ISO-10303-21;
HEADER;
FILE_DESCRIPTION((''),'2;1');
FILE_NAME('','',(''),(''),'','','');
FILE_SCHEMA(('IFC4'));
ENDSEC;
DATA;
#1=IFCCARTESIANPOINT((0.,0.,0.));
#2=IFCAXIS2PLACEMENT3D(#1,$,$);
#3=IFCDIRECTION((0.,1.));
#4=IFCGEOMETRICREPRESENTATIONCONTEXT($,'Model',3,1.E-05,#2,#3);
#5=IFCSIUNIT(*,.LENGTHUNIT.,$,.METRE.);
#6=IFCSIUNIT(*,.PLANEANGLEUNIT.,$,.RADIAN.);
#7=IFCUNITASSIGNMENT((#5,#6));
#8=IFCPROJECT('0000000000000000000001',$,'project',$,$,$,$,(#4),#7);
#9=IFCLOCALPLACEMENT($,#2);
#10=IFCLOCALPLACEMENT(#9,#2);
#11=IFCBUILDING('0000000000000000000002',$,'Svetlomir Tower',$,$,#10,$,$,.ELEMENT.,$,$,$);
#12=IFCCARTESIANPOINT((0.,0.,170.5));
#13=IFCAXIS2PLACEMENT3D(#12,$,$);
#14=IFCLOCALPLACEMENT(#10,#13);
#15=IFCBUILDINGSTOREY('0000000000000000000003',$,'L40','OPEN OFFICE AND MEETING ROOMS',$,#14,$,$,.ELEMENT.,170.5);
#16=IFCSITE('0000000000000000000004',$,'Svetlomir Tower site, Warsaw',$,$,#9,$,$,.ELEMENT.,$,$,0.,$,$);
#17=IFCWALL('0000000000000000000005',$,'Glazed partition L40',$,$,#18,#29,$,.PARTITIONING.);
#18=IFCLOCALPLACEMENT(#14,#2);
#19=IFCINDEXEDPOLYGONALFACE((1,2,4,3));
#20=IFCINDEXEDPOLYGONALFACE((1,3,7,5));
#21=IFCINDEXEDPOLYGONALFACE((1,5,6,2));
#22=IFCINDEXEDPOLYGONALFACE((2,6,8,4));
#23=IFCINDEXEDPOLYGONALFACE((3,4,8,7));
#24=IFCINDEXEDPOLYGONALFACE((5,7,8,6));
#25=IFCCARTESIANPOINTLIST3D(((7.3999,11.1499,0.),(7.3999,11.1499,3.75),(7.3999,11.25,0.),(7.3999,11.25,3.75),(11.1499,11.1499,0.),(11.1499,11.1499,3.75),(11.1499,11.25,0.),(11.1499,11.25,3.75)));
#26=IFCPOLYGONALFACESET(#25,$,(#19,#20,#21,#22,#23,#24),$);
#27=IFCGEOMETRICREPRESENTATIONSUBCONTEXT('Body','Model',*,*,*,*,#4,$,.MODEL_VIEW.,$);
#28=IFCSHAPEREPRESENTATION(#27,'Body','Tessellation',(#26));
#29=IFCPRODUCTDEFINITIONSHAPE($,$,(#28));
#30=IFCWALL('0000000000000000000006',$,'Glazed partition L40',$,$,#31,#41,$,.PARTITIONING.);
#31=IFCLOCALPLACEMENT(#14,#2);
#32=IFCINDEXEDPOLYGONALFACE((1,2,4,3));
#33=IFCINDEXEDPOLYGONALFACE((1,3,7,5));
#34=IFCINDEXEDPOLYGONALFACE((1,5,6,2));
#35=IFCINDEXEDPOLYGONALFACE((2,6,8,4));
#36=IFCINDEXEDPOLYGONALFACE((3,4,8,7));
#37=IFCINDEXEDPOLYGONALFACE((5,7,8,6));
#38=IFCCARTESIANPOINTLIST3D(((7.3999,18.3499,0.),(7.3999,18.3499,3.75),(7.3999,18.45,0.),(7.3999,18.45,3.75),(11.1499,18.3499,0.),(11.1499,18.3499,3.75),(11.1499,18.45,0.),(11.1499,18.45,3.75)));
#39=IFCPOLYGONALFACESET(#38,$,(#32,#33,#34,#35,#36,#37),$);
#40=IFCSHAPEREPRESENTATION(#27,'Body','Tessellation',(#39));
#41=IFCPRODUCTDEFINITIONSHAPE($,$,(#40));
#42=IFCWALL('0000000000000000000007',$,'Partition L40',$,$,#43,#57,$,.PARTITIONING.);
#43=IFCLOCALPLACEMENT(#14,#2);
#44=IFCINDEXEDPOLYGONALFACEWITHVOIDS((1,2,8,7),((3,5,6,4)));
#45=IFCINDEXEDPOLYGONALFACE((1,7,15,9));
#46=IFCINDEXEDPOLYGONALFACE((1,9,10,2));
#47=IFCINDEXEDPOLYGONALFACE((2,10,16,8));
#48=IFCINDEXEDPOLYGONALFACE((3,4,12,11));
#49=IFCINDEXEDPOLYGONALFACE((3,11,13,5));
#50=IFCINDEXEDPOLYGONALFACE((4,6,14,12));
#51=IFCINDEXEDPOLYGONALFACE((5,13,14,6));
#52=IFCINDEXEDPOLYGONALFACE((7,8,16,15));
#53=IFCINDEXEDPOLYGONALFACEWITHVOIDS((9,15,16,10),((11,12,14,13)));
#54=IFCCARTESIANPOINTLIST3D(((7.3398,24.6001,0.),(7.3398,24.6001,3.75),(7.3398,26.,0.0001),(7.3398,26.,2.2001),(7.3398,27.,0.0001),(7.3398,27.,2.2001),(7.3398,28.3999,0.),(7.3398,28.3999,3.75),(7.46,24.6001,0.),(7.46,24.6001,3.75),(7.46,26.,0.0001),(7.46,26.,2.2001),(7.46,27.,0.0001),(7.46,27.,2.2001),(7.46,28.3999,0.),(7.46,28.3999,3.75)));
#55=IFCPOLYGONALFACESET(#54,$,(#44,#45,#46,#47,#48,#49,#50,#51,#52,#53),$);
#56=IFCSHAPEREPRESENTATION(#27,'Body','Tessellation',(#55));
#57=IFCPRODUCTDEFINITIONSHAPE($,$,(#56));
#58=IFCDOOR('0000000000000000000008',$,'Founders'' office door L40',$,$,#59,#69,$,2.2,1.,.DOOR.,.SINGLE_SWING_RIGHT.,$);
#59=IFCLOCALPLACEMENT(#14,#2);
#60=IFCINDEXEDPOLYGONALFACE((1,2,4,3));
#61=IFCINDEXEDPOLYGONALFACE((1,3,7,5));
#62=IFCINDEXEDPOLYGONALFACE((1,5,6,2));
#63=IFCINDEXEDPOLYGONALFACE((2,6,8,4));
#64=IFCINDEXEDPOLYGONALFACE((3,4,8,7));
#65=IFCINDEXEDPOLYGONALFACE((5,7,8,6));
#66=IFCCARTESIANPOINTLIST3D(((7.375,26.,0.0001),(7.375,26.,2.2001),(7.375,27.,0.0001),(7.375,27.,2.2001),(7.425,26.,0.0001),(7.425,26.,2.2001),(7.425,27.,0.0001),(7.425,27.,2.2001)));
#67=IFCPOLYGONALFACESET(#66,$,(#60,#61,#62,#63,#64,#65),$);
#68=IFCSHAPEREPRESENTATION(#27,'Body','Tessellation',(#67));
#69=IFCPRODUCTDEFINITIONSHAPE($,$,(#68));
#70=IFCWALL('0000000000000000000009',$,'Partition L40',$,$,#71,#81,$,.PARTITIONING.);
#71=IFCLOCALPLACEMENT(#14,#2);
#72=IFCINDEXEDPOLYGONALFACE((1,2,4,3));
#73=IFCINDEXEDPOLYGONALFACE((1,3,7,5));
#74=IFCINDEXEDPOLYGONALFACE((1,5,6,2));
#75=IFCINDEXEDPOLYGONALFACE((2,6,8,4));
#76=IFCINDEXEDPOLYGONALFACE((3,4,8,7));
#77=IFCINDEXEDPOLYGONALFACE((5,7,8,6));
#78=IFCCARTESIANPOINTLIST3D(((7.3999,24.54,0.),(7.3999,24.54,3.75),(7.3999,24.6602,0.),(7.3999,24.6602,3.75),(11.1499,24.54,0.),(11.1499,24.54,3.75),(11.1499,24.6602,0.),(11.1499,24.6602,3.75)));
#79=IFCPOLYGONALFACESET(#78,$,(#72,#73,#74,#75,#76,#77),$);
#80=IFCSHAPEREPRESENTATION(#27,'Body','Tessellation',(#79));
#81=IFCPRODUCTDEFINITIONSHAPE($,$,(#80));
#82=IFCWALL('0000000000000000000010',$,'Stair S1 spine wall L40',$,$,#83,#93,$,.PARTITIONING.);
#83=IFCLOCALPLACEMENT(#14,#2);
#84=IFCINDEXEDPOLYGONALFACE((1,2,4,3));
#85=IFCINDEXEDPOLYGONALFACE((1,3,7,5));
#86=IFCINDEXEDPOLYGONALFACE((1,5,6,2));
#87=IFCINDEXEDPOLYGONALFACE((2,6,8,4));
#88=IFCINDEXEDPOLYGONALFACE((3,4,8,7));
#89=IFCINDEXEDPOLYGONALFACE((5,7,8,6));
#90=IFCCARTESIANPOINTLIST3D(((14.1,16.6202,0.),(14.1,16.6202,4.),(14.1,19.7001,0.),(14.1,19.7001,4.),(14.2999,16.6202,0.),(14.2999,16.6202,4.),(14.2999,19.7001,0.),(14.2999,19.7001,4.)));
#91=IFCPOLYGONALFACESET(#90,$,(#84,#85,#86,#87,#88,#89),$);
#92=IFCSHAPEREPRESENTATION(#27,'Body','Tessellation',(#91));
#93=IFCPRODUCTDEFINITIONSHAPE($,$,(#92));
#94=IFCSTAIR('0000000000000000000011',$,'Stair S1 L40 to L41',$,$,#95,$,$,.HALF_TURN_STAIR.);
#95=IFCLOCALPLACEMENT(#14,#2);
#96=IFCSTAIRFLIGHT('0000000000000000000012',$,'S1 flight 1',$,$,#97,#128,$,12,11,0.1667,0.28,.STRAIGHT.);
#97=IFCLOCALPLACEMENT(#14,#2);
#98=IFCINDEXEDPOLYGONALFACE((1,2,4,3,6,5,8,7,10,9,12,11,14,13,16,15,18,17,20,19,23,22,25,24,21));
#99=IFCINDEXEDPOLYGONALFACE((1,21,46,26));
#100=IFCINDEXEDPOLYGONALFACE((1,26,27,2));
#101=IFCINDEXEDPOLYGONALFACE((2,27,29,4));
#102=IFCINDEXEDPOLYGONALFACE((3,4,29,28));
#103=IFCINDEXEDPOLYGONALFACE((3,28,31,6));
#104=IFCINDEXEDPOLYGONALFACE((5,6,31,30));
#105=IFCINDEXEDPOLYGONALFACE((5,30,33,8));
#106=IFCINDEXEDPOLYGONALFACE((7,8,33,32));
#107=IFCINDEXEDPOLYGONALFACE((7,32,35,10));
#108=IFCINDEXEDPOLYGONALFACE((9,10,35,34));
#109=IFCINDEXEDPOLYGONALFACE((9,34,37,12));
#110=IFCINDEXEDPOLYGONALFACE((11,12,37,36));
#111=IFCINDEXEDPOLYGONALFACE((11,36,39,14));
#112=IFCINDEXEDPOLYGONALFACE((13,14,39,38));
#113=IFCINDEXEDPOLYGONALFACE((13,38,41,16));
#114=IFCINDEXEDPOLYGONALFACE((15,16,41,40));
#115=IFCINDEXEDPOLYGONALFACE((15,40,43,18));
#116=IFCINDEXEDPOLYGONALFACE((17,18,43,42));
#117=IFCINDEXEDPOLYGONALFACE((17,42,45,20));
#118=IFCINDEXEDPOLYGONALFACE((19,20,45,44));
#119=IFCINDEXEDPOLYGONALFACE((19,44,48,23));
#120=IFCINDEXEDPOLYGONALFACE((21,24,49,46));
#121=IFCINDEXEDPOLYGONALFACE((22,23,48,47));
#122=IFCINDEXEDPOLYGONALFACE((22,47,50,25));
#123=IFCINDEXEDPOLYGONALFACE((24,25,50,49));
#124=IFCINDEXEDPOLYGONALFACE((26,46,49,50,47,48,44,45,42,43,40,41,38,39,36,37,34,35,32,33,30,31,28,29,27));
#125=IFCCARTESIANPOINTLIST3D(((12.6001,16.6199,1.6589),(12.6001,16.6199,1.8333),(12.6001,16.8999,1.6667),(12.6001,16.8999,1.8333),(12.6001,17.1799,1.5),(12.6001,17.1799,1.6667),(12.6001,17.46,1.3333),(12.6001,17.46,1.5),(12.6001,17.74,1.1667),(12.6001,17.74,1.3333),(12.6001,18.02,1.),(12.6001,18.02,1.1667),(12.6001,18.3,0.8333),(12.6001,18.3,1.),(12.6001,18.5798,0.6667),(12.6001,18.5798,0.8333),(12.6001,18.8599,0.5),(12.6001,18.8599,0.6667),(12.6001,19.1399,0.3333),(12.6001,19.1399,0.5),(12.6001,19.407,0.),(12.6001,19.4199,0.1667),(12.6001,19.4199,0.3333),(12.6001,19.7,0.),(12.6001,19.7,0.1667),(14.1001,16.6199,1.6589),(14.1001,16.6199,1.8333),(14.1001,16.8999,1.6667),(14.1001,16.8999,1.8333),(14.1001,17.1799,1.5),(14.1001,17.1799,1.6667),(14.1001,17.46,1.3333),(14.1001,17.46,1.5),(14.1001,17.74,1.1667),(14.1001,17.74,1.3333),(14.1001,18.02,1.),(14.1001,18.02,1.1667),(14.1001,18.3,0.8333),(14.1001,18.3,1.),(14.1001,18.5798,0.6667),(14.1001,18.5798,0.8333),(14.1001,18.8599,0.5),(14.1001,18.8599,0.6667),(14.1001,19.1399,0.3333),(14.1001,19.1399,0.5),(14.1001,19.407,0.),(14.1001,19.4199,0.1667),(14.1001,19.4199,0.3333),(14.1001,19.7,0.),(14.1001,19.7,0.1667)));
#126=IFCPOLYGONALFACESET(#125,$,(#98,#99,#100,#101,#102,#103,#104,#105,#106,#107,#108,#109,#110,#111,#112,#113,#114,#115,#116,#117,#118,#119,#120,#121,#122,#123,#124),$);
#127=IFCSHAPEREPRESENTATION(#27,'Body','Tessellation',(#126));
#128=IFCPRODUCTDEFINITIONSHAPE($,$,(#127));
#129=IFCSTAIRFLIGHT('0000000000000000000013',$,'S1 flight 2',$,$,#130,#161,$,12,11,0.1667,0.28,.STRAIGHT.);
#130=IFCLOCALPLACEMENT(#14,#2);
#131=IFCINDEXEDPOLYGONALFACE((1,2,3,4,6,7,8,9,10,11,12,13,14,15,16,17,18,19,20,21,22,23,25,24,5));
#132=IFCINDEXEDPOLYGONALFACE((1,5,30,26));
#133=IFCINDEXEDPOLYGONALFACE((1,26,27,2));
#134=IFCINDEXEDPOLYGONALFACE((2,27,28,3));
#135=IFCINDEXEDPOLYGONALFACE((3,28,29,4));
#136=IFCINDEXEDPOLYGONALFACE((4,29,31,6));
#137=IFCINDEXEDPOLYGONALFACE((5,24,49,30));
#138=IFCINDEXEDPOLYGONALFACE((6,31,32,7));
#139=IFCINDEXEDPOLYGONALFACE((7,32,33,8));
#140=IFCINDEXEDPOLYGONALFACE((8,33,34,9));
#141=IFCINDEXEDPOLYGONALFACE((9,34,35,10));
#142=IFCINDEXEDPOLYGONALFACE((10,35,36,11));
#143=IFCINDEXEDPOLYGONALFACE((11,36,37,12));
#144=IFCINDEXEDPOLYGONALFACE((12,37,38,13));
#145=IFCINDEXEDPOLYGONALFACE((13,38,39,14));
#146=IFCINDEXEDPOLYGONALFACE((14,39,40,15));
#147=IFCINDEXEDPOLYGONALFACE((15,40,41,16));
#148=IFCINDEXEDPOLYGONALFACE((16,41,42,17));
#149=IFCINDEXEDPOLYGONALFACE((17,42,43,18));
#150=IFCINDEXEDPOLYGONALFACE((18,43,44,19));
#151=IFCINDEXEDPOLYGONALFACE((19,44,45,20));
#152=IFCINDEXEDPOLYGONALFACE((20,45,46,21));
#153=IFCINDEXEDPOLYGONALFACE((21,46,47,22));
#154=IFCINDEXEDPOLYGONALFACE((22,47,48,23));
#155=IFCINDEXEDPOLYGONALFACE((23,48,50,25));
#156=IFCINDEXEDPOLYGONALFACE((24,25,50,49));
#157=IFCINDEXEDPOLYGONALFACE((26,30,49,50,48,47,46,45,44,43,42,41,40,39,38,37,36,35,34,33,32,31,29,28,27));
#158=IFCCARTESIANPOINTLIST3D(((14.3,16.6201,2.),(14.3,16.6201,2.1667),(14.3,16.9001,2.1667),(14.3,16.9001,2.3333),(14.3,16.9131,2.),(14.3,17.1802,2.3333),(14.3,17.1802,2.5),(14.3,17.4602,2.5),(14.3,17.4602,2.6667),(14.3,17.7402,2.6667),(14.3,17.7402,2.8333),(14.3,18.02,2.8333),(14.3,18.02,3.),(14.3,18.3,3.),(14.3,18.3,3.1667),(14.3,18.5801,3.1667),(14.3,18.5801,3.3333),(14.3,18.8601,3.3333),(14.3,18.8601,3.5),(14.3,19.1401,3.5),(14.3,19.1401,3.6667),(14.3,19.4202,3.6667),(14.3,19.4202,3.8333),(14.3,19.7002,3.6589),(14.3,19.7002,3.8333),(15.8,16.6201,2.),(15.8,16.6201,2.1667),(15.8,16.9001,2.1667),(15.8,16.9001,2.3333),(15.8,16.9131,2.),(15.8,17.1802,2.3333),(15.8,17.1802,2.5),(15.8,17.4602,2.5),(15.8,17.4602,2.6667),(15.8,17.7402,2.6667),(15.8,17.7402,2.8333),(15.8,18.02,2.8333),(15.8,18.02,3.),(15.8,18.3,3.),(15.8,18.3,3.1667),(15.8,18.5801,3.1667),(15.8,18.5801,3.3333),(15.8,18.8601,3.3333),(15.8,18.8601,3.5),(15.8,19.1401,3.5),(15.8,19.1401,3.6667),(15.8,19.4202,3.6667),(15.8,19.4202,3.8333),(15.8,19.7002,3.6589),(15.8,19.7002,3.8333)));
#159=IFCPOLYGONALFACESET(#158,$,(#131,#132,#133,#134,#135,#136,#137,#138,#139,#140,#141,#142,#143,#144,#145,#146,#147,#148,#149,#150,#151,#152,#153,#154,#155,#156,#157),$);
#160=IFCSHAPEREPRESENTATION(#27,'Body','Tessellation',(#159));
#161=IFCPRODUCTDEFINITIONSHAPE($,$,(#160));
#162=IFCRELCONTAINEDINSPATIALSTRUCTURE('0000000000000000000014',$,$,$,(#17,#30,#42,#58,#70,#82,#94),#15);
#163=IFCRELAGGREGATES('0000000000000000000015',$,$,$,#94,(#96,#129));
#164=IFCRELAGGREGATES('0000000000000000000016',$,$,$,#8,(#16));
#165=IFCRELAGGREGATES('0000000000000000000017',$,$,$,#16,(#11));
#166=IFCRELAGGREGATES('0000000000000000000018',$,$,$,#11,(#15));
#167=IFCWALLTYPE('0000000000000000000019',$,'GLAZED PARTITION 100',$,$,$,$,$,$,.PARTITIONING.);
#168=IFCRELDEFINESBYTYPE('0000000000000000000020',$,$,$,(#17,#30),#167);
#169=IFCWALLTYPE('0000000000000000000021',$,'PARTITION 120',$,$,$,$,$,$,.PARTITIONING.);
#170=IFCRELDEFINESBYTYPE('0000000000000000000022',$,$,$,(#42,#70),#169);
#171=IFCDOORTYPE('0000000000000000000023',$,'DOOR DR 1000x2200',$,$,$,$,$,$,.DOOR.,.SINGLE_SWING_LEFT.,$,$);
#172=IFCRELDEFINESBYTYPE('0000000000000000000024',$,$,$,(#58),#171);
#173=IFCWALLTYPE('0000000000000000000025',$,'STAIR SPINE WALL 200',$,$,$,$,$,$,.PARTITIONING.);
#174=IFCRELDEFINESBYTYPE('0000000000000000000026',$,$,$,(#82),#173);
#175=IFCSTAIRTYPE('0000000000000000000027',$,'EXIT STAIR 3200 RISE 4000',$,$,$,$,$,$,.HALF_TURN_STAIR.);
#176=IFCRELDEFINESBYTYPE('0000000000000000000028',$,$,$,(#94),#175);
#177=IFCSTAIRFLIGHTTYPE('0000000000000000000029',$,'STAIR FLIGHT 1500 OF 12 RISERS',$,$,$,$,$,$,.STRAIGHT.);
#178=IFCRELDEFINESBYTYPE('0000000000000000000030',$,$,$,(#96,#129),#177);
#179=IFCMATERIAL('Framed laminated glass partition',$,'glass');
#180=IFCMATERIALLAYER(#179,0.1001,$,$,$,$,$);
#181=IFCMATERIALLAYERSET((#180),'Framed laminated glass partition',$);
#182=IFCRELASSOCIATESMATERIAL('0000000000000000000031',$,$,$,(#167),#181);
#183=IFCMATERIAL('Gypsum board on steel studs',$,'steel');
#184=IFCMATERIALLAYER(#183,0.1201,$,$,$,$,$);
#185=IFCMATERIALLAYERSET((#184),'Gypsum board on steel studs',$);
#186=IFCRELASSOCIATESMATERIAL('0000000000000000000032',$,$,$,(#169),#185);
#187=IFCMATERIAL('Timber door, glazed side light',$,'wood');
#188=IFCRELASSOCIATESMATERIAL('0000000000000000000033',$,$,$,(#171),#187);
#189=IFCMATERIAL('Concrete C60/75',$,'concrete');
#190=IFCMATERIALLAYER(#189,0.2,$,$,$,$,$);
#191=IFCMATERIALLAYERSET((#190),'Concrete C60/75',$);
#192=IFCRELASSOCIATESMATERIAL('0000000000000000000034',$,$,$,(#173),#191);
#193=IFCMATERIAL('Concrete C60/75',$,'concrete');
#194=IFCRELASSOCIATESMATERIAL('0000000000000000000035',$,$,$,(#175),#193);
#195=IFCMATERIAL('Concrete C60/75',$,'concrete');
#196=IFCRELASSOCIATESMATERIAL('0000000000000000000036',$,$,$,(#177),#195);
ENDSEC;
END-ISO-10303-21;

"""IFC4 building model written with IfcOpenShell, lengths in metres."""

from ifc_helpers import new_model, si_unit, direction, frame, frame_2d, origin, place, context, subcontext, project, spatial, polyline, rectangle, outline, extrude, material, layer, layer_set, type_object, element, fill, aggregate, save


model = new_model("IFC4")

# Units and contexts
model_context = context("Model", 3, precision=1e-05, world=origin(), true_north=direction((0.0, 1.0)))
body_context = subcontext(model_context, "Body", "Model", "MODEL_VIEW")
ifc_project = project(units=[si_unit("LENGTHUNIT", "METRE"), si_unit("PLANEANGLEUNIT", "RADIAN")], contexts=[model_context])

# Site, building, storey
site_placement = place(None, origin())
site = spatial("IfcSite", under=ifc_project, at=site_placement, Name="Svetlomir Tower site, Warsaw", CompositionType="ELEMENT", RefElevation=0.0)
building_placement = place(site_placement, origin())
building = spatial("IfcBuilding", under=site, at=building_placement, Name="Svetlomir Tower", CompositionType="ELEMENT")
storey_placement = place(building_placement, frame((0.0, 0.0, 170.5)))
storey = spatial("IfcBuildingStorey", under=building, at=storey_placement, Name="L40", Description="OPEN OFFICE AND MEETING ROOMS", CompositionType="ELEMENT", Elevation=170.5)

# Shared definitions
ifc_material_1 = material(Name="Framed laminated glass partition", Category="glass")
ifc_layer_1 = layer(ifc_material_1, 0.1001)
ifc_layer_set_1 = layer_set([ifc_layer_1], Name="Framed laminated glass partition")
wall_type_1 = type_object("IfcWallType", Name="GLAZED PARTITION 100", PredefinedType="PARTITIONING", material=ifc_layer_set_1)

# Walls
for number, where, z_axis, x_axis, name in (
    (1, (7.3999, 11.2, 0.0), (0.0, 0.0, 1.0), (1.0, 0.0, 0.0), "Glazed partition L40"),
    (2, (7.3999, 18.3999, 0.0), (0.0, 0.0, 1.0), (1.0, 0.0, 0.0), "Glazed partition L40"),
):
    element("IfcWall", number, at=place(storey_placement, frame(where, z_axis=z_axis, x_axis=x_axis)), inside=storey, type_object=wall_type_1, Name=name, PredefinedType="PARTITIONING", context=body_context, shape_type="SweptSolid", body=[
        extrude(rectangle(XDim=3.75, YDim=0.1001, at=frame_2d((1.875, 0.0))), origin(), (0.0, 0.0, 1.0), 3.75),
    ])

# Wall, opening, door
ifc_material_2 = material(Name="Gypsum board on steel studs", Category="steel")
ifc_layer_2 = layer(ifc_material_2, 0.1201)
ifc_layer_set_2 = layer_set([ifc_layer_2], Name="Gypsum board on steel studs")
wall_type_2 = type_object("IfcWallType", Name="PARTITION 120", PredefinedType="PARTITIONING", material=ifc_layer_set_2)
wall_1_placement = place(storey_placement, frame((7.3999, 24.6001, 0.0), z_axis=(0.0, 0.0, 1.0), x_axis=(0.0, 1.0, 0.0)))
wall_1 = element("IfcWall", 3, at=wall_1_placement, inside=storey, type_object=wall_type_2, Name="Partition L40", PredefinedType="PARTITIONING", context=body_context, shape_type="SweptSolid", body=[
    extrude(rectangle(XDim=3.7998, YDim=0.1201, at=frame_2d((1.8999, 0.0))), origin(), (0.0, 0.0, 1.0), 3.75),
])
opening_1_placement = place(wall_1_placement, frame((1.3999, 0.0, 0.0)))
opening_1 = element("IfcOpeningElement", 4, at=opening_1_placement, cuts=wall_1, PredefinedType="OPENING", context=body_context, shape_type="SweptSolid", body=[
    extrude(rectangle(XDim=1.0, YDim=2.2, at=frame_2d((0.5, 1.1001))), frame((0.0, 0.0701, 0.0), z_axis=(0.0, -1.0, 0.0), x_axis=(1.0, 0.0, 0.0)), (0.0, 0.0, 1.0), 0.1401),
])
ifc_material_3 = material(Name="Timber door, glazed side light", Category="wood")
door_type_1 = type_object("IfcDoorType", Name="DOOR DR 1000x2200", OperationType="SINGLE_SWING_LEFT", PredefinedType="DOOR", material=ifc_material_3)
door_1_placement = place(opening_1_placement, origin())
door_1 = element("IfcDoor", 5, at=door_1_placement, inside=storey, type_object=door_type_1, Name="Founders' office door L40", OperationType="SINGLE_SWING_RIGHT", OverallHeight=2.2, OverallWidth=1.0, PredefinedType="DOOR", context=body_context, shape_type="SweptSolid", body=[
    extrude(rectangle(XDim=1.0, YDim=2.2, at=frame_2d((0.5, 1.1001))), frame((0.0, 0.0249, 0.0), z_axis=(0.0, -1.0, 0.0), x_axis=(1.0, 0.0, 0.0)), (0.0, 0.0, 1.0), 0.05),
])
fill(opening_1, door_1)

# Walls
wall_2_placement = place(storey_placement, frame((7.3999, 24.6001, 0.0), z_axis=(0.0, 0.0, 1.0), x_axis=(1.0, 0.0, 0.0)))
element("IfcWall", 6, at=wall_2_placement, inside=storey, type_object=wall_type_2, Name="Partition L40", PredefinedType="PARTITIONING", context=body_context, shape_type="SweptSolid", body=[
    extrude(rectangle(XDim=3.75, YDim=0.1201, at=frame_2d((1.875, 0.0))), origin(), (0.0, 0.0, 1.0), 3.75),
])
ifc_material_4 = material(Name="Concrete C60/75", Category="concrete")
ifc_layer_3 = layer(ifc_material_4, 0.2)
ifc_layer_set_3 = layer_set([ifc_layer_3], Name="Concrete C60/75")
wall_type_3 = type_object("IfcWallType", Name="STAIR SPINE WALL 200", PredefinedType="PARTITIONING", material=ifc_layer_set_3)
wall_3_placement = place(storey_placement, frame((14.2, 16.6201, 0.0), z_axis=(0.0, 0.0, 1.0), x_axis=(0.0, 1.0, 0.0)))
element("IfcWall", 7, at=wall_3_placement, inside=storey, type_object=wall_type_3, Name="Stair S1 spine wall L40", PredefinedType="PARTITIONING", context=body_context, shape_type="SweptSolid", body=[
    extrude(rectangle(XDim=3.0798, YDim=0.2, at=frame_2d((1.54, 0.0))), origin(), (0.0, 0.0, 1.0), 4.0),
])

# Stair, stair flights
ifc_material_5 = material(Name="Concrete C60/75", Category="concrete")
stair_type = type_object("IfcStairType", Name="EXIT STAIR 3200 RISE 4000", PredefinedType="HALF_TURN_STAIR", material=ifc_material_5)
stair_placement = place(storey_placement, origin())
stair = element("IfcStair", 8, at=stair_placement, inside=storey, type_object=stair_type, Name="Stair S1 L40 to L41", PredefinedType="HALF_TURN_STAIR")
ifc_material_6 = material(Name="Concrete C60/75", Category="concrete")
stair_flight_type = type_object("IfcStairFlightType", Name="STAIR FLIGHT 1500 OF 12 RISERS", PredefinedType="STRAIGHT", material=ifc_material_6)
stair_flight_1_placement = place(storey_placement, frame((13.3501, 19.7, 0.0), z_axis=(0.0, 0.0, 1.0), x_axis=(0.0, -1.0, 0.0)))
stair_flight_1 = element("IfcStairFlight", 9, at=stair_flight_1_placement, type_object=stair_flight_type, Name="S1 flight 1", NumberOfRisers=12, NumberOfTreads=11, PredefinedType="STRAIGHT", RiserHeight=0.1667, TreadLength=0.28, context=body_context, shape_type="SweptSolid", body=[
    extrude(outline(polyline([(0.0, 0.0), (0.0, 0.1667), (0.28, 0.1667), (0.28, 0.3333), (0.5601, 0.3333), (0.5601, 0.5), (0.8401, 0.5), (0.8401, 0.6667), (1.1201, 0.6667), (1.1201, 0.8333), (1.3999, 0.8333), (1.3999, 1.0), (1.6799, 1.0), (1.6799, 1.1667), (1.96, 1.1667), (1.96, 1.3333), (2.24, 1.3333), (2.24, 1.5), (2.52, 1.5), (2.52, 1.6667), (2.8, 1.6667), (2.8, 1.8333), (3.0801, 1.8333), (3.0801, 2.0), (3.0801, 1.6589), (0.293, 0.0), (0.0, 0.0)])), frame((0.0, 0.75, 0.0), z_axis=(0.0, -1.0, 0.0), x_axis=(1.0, 0.0, 0.0)), (0.0, 0.0, 1.0), 1.5),
])
stair_flight_2_placement = place(storey_placement, frame((15.05, 16.6201, 2.0), z_axis=(0.0, 0.0, 1.0), x_axis=(0.0, 1.0, 0.0)))
stair_flight_2 = element("IfcStairFlight", 10, at=stair_flight_2_placement, type_object=stair_flight_type, Name="S1 flight 2", NumberOfRisers=12, NumberOfTreads=11, PredefinedType="STRAIGHT", RiserHeight=0.1667, TreadLength=0.28, context=body_context, shape_type="SweptSolid", body=[
    extrude(outline(polyline([(0.0, 0.0), (0.0, 0.1667), (0.28, 0.1667), (0.28, 0.3333), (0.5601, 0.3333), (0.5601, 0.5), (0.8401, 0.5), (0.8401, 0.6667), (1.1201, 0.6667), (1.1201, 0.8333), (1.3999, 0.8333), (1.3999, 1.0), (1.6799, 1.0), (1.6799, 1.1667), (1.96, 1.1667), (1.96, 1.3333), (2.24, 1.3333), (2.24, 1.5), (2.52, 1.5), (2.52, 1.6667), (2.8, 1.6667), (2.8, 1.8333), (3.0801, 1.8333), (3.0801, 2.0), (3.0801, 1.6589), (0.293, 0.0), (0.0, 0.0)])), frame((0.0, 0.75, 0.0), z_axis=(0.0, -1.0, 0.0), x_axis=(1.0, 0.0, 0.0)), (0.0, 0.0, 1.0), 1.5),
])
aggregate(stair, [stair_flight_1, stair_flight_2])

save(model, "model.ifc")
